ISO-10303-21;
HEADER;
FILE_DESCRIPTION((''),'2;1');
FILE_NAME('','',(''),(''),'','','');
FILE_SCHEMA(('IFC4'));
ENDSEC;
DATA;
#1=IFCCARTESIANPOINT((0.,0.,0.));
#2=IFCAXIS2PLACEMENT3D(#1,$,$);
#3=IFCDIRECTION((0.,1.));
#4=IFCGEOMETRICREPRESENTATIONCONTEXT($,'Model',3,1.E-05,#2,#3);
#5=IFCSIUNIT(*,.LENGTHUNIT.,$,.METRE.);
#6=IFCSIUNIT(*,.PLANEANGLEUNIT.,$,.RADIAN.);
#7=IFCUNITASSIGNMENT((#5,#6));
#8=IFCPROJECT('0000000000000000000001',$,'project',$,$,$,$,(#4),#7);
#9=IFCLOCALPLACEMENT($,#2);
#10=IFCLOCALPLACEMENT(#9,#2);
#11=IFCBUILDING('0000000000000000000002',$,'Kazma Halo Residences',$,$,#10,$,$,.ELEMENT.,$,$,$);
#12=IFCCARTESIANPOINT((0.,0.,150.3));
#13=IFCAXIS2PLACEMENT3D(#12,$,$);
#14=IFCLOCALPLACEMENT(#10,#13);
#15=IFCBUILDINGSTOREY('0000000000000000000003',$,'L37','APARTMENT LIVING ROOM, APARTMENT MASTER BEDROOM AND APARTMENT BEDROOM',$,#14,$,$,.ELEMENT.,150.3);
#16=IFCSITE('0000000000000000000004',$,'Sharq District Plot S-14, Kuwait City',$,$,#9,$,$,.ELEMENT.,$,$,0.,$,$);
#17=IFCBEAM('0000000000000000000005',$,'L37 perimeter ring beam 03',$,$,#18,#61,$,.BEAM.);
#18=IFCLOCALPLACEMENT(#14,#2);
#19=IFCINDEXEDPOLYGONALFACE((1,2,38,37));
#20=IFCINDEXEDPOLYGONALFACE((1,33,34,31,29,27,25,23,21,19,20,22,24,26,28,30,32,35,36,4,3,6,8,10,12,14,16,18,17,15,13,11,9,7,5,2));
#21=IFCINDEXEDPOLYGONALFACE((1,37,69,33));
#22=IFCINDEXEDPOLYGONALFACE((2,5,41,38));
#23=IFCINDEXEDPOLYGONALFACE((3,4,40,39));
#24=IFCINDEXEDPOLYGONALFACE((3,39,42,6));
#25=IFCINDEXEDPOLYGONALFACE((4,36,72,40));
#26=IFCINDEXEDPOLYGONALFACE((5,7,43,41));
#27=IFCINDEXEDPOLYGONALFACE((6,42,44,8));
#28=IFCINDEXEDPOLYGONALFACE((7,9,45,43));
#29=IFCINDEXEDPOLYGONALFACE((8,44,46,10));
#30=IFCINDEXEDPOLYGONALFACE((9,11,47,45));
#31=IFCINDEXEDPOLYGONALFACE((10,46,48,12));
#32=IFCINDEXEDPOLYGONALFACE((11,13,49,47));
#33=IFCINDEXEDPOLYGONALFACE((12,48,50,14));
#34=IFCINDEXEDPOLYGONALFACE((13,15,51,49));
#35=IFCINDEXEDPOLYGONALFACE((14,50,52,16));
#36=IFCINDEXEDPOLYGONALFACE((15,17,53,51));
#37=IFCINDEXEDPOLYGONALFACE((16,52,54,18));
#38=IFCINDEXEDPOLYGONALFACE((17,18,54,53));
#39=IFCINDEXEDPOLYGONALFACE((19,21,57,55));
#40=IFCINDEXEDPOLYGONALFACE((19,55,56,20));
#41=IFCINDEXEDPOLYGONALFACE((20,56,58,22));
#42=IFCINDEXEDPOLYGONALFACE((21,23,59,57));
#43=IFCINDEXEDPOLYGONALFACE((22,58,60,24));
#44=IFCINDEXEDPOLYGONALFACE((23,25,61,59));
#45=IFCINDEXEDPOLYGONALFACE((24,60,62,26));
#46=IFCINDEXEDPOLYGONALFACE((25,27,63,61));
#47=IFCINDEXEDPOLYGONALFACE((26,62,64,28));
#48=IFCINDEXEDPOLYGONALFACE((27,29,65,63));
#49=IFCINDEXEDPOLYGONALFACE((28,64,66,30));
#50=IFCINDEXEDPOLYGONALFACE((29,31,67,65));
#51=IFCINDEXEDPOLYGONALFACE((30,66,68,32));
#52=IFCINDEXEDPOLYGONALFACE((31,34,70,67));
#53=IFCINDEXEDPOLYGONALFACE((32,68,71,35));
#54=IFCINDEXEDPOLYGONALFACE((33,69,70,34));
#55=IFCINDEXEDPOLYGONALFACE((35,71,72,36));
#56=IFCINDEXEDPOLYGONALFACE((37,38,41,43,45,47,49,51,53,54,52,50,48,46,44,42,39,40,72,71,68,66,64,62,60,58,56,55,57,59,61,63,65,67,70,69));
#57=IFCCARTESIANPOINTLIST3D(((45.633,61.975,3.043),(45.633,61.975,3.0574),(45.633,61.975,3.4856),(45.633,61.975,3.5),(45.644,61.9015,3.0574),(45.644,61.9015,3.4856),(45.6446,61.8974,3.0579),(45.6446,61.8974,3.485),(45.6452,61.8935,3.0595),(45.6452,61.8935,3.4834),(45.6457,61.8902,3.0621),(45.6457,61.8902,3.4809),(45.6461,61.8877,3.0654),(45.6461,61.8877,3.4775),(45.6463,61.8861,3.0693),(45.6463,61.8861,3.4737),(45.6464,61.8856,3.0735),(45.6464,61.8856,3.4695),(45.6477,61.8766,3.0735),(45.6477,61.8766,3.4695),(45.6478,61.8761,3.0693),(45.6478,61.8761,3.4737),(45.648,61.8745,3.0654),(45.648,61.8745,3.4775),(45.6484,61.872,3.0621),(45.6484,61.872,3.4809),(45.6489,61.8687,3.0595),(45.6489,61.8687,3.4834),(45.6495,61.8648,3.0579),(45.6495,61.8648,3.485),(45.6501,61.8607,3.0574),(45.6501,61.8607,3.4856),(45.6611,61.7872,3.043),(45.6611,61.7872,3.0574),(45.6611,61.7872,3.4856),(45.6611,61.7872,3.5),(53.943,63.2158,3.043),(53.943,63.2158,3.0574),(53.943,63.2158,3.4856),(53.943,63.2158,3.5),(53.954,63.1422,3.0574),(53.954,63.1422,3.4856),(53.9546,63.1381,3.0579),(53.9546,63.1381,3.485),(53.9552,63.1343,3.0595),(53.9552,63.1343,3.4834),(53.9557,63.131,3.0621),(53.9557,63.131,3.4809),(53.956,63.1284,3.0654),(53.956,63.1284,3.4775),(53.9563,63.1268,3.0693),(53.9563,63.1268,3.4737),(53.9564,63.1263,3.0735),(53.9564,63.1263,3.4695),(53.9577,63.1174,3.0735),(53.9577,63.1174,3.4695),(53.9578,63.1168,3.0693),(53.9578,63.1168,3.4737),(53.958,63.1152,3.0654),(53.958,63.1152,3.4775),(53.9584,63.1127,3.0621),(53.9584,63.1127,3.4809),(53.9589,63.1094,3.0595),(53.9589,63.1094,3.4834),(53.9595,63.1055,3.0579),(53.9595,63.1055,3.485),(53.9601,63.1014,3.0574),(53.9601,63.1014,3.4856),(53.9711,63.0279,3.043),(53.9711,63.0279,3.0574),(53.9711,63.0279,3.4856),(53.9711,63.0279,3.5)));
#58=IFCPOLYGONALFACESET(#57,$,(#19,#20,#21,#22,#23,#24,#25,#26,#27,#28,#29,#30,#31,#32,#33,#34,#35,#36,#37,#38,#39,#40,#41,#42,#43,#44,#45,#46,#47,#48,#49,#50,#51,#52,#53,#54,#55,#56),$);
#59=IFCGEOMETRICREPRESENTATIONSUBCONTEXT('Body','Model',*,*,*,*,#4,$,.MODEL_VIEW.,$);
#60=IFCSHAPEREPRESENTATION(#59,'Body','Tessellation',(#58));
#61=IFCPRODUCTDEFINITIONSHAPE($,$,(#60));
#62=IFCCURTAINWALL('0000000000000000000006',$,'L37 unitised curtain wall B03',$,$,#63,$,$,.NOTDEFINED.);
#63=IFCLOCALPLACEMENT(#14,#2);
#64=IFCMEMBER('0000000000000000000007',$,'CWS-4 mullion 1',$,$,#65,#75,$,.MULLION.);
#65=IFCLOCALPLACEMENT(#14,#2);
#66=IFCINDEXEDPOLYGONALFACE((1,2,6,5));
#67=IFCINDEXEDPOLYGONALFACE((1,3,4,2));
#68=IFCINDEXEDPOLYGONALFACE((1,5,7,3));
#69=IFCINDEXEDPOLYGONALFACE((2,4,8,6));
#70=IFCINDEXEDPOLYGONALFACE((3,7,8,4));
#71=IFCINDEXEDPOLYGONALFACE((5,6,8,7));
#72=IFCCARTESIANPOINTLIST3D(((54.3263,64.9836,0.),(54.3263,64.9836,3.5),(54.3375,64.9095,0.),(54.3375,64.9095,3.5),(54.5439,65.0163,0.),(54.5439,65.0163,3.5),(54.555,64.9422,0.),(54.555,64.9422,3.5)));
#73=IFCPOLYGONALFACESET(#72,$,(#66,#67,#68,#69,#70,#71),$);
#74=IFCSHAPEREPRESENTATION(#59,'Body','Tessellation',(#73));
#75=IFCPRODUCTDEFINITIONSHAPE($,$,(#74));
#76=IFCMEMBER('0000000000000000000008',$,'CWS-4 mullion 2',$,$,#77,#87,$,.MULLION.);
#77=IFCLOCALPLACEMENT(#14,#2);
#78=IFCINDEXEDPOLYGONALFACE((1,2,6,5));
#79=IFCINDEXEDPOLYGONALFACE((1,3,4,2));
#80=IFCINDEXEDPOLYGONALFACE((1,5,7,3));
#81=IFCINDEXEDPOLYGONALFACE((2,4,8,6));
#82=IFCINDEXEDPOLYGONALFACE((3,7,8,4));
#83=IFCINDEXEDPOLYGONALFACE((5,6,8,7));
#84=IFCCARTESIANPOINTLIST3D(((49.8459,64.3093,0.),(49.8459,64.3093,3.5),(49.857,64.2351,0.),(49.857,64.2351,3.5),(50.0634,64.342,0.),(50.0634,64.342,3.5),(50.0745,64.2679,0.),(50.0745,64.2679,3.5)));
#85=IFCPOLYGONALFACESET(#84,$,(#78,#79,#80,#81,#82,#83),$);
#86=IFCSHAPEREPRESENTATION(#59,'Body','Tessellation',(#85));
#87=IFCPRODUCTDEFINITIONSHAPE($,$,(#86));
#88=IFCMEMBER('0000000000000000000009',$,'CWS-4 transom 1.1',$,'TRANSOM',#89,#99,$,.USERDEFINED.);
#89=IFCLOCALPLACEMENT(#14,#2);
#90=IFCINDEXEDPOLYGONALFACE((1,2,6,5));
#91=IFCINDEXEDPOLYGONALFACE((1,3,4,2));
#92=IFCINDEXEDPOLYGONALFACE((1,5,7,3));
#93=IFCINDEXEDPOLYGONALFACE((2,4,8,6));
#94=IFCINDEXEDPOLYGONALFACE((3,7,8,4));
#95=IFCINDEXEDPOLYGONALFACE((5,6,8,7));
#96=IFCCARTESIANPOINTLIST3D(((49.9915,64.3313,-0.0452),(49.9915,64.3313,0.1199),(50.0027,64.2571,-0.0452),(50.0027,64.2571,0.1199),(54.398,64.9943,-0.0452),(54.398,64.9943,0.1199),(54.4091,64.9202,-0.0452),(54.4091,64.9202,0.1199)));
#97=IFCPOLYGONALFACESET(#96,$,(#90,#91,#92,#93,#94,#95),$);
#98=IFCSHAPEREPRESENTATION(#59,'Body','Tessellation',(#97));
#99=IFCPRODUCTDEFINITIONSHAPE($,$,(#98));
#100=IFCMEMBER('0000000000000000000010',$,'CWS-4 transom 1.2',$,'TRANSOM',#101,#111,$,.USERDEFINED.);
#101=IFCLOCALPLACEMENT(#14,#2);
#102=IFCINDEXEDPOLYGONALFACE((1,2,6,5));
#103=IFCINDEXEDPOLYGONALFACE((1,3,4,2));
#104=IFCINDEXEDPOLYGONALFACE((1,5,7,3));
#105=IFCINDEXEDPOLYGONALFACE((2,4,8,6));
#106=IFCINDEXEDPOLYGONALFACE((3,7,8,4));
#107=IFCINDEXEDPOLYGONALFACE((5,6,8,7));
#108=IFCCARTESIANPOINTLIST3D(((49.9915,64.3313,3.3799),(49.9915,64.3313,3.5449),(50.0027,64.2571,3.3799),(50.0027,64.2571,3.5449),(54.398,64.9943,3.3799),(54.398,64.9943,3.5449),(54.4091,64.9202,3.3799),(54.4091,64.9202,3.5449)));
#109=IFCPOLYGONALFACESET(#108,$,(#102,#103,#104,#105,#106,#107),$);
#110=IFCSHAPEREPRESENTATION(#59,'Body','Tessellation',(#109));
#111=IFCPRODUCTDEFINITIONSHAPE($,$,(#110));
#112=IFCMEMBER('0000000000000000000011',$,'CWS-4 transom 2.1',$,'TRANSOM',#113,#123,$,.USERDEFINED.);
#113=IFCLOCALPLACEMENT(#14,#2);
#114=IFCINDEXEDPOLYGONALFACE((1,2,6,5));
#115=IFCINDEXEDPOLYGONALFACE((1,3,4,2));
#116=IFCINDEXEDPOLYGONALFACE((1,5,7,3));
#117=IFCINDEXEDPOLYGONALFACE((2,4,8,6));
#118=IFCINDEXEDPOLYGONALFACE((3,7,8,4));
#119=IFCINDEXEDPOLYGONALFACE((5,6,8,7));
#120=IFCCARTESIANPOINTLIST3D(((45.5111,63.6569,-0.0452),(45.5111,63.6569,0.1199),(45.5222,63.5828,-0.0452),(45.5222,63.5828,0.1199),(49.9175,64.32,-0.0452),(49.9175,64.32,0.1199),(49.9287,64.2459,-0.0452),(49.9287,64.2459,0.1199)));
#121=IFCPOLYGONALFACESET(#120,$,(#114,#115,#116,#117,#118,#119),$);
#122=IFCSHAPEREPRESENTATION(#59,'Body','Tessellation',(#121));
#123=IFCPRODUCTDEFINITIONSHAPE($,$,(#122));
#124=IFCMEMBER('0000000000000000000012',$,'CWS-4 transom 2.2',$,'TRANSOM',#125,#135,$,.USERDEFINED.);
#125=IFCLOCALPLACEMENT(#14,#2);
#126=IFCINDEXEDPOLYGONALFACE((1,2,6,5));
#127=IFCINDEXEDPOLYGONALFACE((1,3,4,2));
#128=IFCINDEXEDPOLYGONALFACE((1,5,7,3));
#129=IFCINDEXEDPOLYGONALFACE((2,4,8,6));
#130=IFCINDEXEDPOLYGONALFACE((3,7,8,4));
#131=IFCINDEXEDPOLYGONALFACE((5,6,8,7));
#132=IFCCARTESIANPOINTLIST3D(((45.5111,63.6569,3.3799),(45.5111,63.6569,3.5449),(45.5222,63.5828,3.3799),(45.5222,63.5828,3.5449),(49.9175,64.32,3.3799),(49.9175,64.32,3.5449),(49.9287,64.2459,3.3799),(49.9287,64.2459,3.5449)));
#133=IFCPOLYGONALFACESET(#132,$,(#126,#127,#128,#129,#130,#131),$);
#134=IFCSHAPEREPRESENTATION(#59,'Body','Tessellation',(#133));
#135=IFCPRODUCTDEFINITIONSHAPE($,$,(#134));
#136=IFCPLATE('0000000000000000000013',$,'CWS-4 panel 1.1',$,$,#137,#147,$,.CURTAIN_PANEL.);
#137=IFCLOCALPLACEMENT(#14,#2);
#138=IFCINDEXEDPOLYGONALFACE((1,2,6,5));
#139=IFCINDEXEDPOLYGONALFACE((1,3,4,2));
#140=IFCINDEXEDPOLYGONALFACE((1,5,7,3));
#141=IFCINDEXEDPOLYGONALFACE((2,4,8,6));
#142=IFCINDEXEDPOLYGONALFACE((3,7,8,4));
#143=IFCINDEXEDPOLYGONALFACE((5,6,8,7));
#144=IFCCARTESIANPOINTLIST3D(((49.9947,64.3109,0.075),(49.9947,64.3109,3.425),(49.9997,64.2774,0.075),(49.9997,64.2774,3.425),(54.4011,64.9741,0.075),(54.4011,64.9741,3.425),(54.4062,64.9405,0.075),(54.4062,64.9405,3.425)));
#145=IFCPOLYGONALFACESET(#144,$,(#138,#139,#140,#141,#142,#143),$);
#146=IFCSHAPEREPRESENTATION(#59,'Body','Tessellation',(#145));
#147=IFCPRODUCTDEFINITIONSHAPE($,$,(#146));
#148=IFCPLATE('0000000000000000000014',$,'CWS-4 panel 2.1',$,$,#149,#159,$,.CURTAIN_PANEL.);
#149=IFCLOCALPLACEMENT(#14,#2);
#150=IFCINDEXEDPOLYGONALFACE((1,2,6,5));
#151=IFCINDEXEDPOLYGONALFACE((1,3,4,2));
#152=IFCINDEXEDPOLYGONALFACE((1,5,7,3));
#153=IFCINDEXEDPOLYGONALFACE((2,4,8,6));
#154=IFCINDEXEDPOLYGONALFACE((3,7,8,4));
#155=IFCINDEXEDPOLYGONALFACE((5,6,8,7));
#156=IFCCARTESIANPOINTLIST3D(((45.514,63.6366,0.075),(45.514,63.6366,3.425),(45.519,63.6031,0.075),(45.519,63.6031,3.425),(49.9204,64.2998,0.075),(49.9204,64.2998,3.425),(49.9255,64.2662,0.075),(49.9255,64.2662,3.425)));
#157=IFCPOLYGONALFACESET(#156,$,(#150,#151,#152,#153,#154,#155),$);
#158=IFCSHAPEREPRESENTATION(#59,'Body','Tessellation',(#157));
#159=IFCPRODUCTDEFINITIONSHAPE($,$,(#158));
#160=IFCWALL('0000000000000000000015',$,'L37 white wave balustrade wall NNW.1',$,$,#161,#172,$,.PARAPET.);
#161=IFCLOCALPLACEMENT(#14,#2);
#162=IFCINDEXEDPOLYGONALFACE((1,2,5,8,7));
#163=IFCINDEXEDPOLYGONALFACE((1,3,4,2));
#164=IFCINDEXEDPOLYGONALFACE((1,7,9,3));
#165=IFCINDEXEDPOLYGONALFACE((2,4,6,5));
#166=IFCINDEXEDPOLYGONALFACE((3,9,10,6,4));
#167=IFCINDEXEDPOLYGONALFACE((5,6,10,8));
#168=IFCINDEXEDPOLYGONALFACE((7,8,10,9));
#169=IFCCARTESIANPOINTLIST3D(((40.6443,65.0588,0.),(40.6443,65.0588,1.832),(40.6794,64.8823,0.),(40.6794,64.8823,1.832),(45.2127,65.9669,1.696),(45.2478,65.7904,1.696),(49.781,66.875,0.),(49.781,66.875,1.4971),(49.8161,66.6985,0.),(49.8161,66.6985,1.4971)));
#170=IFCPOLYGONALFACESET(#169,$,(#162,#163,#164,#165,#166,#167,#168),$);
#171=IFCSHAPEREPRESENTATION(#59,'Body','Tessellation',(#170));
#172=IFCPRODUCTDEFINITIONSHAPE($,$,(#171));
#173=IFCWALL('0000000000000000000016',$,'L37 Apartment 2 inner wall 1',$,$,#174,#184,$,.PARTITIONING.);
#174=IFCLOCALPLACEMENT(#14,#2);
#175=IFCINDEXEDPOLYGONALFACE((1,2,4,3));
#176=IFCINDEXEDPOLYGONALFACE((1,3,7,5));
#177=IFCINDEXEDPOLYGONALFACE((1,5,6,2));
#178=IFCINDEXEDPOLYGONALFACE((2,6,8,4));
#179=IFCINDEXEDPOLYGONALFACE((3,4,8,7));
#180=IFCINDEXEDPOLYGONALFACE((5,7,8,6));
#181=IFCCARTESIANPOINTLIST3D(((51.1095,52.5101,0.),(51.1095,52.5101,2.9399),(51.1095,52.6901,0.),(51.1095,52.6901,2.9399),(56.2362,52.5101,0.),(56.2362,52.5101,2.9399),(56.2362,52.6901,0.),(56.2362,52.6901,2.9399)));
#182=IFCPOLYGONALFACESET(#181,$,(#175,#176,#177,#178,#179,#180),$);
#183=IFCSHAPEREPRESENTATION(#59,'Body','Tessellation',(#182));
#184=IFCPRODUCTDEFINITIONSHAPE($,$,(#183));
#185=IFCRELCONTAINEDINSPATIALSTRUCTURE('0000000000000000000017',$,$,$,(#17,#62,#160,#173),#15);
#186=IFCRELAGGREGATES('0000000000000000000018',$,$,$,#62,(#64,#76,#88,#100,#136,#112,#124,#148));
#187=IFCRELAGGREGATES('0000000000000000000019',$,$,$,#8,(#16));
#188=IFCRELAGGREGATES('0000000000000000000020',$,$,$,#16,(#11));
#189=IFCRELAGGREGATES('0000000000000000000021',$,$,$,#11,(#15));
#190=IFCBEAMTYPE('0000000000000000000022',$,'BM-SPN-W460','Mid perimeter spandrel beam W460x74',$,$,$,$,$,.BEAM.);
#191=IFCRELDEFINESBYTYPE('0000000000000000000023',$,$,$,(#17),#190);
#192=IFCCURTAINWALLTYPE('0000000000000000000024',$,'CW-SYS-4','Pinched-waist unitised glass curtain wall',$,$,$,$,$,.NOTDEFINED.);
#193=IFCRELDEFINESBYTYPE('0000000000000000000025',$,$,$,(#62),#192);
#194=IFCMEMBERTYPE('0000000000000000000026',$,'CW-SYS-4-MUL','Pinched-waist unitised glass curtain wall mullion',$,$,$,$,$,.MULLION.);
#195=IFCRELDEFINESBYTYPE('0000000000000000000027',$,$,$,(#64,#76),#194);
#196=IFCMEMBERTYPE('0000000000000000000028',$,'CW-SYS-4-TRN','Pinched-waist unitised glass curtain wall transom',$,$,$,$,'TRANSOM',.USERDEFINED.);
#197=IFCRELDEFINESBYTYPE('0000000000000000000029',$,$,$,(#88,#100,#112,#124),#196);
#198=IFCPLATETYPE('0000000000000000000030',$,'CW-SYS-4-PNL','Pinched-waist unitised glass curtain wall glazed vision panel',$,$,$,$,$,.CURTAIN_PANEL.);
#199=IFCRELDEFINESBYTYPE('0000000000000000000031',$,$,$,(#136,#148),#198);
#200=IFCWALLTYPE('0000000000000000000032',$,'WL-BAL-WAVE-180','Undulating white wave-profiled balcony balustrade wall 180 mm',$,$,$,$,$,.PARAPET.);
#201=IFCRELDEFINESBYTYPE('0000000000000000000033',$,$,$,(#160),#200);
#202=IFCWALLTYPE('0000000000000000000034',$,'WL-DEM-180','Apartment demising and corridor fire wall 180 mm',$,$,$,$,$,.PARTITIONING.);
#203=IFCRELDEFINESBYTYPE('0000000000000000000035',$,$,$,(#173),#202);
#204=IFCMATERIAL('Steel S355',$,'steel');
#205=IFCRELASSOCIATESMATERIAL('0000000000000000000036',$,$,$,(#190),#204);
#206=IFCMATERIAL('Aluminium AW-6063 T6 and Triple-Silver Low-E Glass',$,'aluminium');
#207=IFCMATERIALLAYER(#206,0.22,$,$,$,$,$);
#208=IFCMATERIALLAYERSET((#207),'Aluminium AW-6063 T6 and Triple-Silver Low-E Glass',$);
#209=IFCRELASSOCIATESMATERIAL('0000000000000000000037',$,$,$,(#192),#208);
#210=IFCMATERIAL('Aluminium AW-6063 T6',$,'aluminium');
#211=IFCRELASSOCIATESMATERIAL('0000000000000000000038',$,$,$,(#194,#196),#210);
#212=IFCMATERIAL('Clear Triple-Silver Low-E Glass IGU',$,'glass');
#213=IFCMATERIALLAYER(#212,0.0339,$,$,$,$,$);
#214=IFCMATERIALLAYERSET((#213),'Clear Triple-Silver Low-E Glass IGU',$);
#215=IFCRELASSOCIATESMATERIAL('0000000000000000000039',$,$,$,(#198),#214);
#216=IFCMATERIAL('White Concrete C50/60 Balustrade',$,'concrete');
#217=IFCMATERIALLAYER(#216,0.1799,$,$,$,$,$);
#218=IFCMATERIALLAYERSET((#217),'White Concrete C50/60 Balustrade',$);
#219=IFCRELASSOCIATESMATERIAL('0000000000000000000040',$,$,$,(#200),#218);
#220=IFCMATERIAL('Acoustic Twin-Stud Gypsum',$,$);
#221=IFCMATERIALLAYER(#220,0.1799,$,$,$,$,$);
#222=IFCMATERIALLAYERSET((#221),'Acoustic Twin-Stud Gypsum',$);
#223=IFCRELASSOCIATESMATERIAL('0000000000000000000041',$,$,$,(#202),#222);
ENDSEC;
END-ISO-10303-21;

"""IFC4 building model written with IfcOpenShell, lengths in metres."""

from ifc_helpers import new_model, si_unit, direction, frame, frame_2d, origin, origin_2d, place, context, subcontext, project, spatial, polyline, rectangle, i_section, outline, extrude, material, layer, layer_set, material_profile, profile_set, type_object, element, aggregate, save


model = new_model("IFC4")

# Units and contexts
model_context = context("Model", 3, precision=1e-05, world=origin(), true_north=direction((0.0, 1.0)))
body_context = subcontext(model_context, "Body", "Model", "MODEL_VIEW")
ifc_project = project(units=[si_unit("LENGTHUNIT", "METRE"), si_unit("PLANEANGLEUNIT", "RADIAN")], contexts=[model_context])

# Site, building, storey
site_placement = place(None, origin())
site = spatial("IfcSite", under=ifc_project, at=site_placement, Name="Sharq District Plot S-14, Kuwait City", CompositionType="ELEMENT", RefElevation=0.0)
building_placement = place(site_placement, origin())
building = spatial("IfcBuilding", under=site, at=building_placement, Name="Kazma Halo Residences", CompositionType="ELEMENT")
storey_placement = place(building_placement, frame((0.0, 0.0, 150.3)))
storey = spatial("IfcBuildingStorey", under=building, at=storey_placement, Name="L37", Description="APARTMENT LIVING ROOM, APARTMENT MASTER BEDROOM AND APARTMENT BEDROOM", CompositionType="ELEMENT", Elevation=150.3)

# Beam
ifc_material_1 = material(Name="Steel S355", Category="steel")
ifc_material_profile_1 = material_profile(ifc_material_1, i_section(OverallWidth=0.1899, OverallDepth=0.457, WebThickness=0.009, FlangeThickness=0.0144, FilletRadius=0.0161, at=origin_2d()), Name="W460x74")
ifc_profile_set_1 = profile_set([ifc_material_profile_1], Name="Steel S355")
beam_type_1 = type_object("IfcBeamType", Name="BM-SPN-W460", Description="Mid perimeter spandrel beam W460x74", PredefinedType="BEAM", material=ifc_profile_set_1)
beam_1_placement = place(storey_placement, frame((53.957, 63.1218, 3.2715), z_axis=(-0.989037, -0.147667, 0.0), x_axis=(0.147667, -0.989037, 0.0)))
element("IfcBeam", 1, at=beam_1_placement, inside=storey, type_object=beam_type_1, Name="L37 perimeter ring beam 03", PredefinedType="BEAM", context=body_context, shape_type="SweptSolid", body=[
    extrude(i_section(OverallWidth=0.1899, OverallDepth=0.457, WebThickness=0.009, FlangeThickness=0.0144, FilletRadius=0.0161, at=origin_2d()), origin(), (0.0, 0.0, 1.0), 8.4021),
])

# Curtain wall, members, plates
ifc_material_2 = material(Name="Aluminium AW-6063 T6 and Triple-Silver Low-E Glass", Category="aluminium")
ifc_layer_1 = layer(ifc_material_2, 0.22)
ifc_layer_set_1 = layer_set([ifc_layer_1], Name="Aluminium AW-6063 T6 and Triple-Silver Low-E Glass")
curtain_wall_type = type_object("IfcCurtainWallType", Name="CW-SYS-4", Description="Pinched-waist unitised glass curtain wall", PredefinedType="NOTDEFINED", material=ifc_layer_set_1)
curtain_wall_placement = place(storey_placement, origin())
curtain_wall = element("IfcCurtainWall", 2, at=curtain_wall_placement, inside=storey, type_object=curtain_wall_type, Name="L37 unitised curtain wall B03", PredefinedType="NOTDEFINED")
ifc_material_3 = material(Name="Aluminium AW-6063 T6", Category="aluminium")
ifc_material_profile_2 = material_profile(ifc_material_3, rectangle(XDim=0.075, YDim=0.22, at=origin_2d()), Name="CWM-75x220")
ifc_profile_set_2 = profile_set([ifc_material_profile_2], Name="Aluminium AW-6063 T6")
member_type_1 = type_object("IfcMemberType", Name="CW-SYS-4-MUL", Description="Pinched-waist unitised glass curtain wall mullion", PredefinedType="MULLION", material=ifc_profile_set_2)
member_1_placement = place(storey_placement, frame((54.4407, 64.9629, 0.0), z_axis=(0.0, 0.0, 1.0), x_axis=(0.148821, -0.988864, 0.0)))
member_1 = element("IfcMember", 3, at=member_1_placement, type_object=member_type_1, Name="CWS-4 mullion 1", PredefinedType="MULLION", context=body_context, shape_type="SweptSolid", body=[
    extrude(rectangle(XDim=0.075, YDim=0.22, at=origin_2d()), origin(), (0.0, 0.0, 1.0), 3.5),
])
member_2_placement = place(storey_placement, frame((49.9602, 64.2886, 0.0), z_axis=(0.0, 0.0, 1.0), x_axis=(0.148821, -0.988864, 0.0)))
member_2 = element("IfcMember", 4, at=member_2_placement, type_object=member_type_1, Name="CWS-4 mullion 2", PredefinedType="MULLION", context=body_context, shape_type="SweptSolid", body=[
    extrude(rectangle(XDim=0.075, YDim=0.22, at=origin_2d()), origin(), (0.0, 0.0, 1.0), 3.5),
])
ifc_material_profile_3 = material_profile(ifc_material_3, rectangle(XDim=0.075, YDim=0.165, at=origin_2d()), Name="CWT-75x165")
ifc_profile_set_3 = profile_set([ifc_material_profile_3], Name="Aluminium AW-6063 T6")
member_type_2 = type_object("IfcMemberType", Name="CW-SYS-4-TRN", Description="Pinched-waist unitised glass curtain wall transom", ElementType="TRANSOM", PredefinedType="USERDEFINED", material=ifc_profile_set_3)
member_3_placement = place(storey_placement, frame((54.4036, 64.9573, 0.0374), z_axis=(-0.988867, -0.148804, 0.0), x_axis=(0.148804, -0.988867, 0.0)))
member_3 = element("IfcMember", 5, at=member_3_placement, type_object=member_type_2, Name="CWS-4 transom 1.1", ObjectType="TRANSOM", PredefinedType="USERDEFINED", context=body_context, shape_type="SweptSolid", body=[
    extrude(rectangle(XDim=0.075, YDim=0.165, at=origin_2d()), origin(), (0.0, 0.0, 1.0), 4.4561),
])
member_4_placement = place(storey_placement, frame((54.4036, 64.9573, 3.4624), z_axis=(-0.988867, -0.148804, 0.0), x_axis=(0.148804, -0.988867, 0.0)))
member_4 = element("IfcMember", 6, at=member_4_placement, type_object=member_type_2, Name="CWS-4 transom 1.2", ObjectType="TRANSOM", PredefinedType="USERDEFINED", context=body_context, shape_type="SweptSolid", body=[
    extrude(rectangle(XDim=0.075, YDim=0.165, at=origin_2d()), origin(), (0.0, 0.0, 1.0), 4.4561),
])
member_5_placement = place(storey_placement, frame((49.9231, 64.283, 0.0374), z_axis=(-0.988867, -0.148804, 0.0), x_axis=(0.148804, -0.988867, 0.0)))
member_5 = element("IfcMember", 7, at=member_5_placement, type_object=member_type_2, Name="CWS-4 transom 2.1", ObjectType="TRANSOM", PredefinedType="USERDEFINED", context=body_context, shape_type="SweptSolid", body=[
    extrude(rectangle(XDim=0.075, YDim=0.165, at=origin_2d()), origin(), (0.0, 0.0, 1.0), 4.4561),
])
member_6_placement = place(storey_placement, frame((49.9231, 64.283, 3.4624), z_axis=(-0.988867, -0.148804, 0.0), x_axis=(0.148804, -0.988867, 0.0)))
member_6 = element("IfcMember", 8, at=member_6_placement, type_object=member_type_2, Name="CWS-4 transom 2.2", ObjectType="TRANSOM", PredefinedType="USERDEFINED", context=body_context, shape_type="SweptSolid", body=[
    extrude(rectangle(XDim=0.075, YDim=0.165, at=origin_2d()), origin(), (0.0, 0.0, 1.0), 4.4561),
])
ifc_material_4 = material(Name="Clear Triple-Silver Low-E Glass IGU", Category="glass")
ifc_layer_2 = layer(ifc_material_4, 0.0339)
ifc_layer_set_2 = layer_set([ifc_layer_2], Name="Clear Triple-Silver Low-E Glass IGU")
plate_type = type_object("IfcPlateType", Name="CW-SYS-4-PNL", Description="Pinched-waist unitised glass curtain wall glazed vision panel", PredefinedType="CURTAIN_PANEL", material=ifc_layer_set_2)
plate_1_placement = place(storey_placement, frame((52.2004, 64.6257, 0.075), z_axis=(0.0, 0.0, 1.0), x_axis=(-0.988864, -0.148821, 0.0)))
plate_1 = element("IfcPlate", 9, at=plate_1_placement, type_object=plate_type, Name="CWS-4 panel 1.1", PredefinedType="CURTAIN_PANEL", context=body_context, shape_type="SweptSolid", body=[
    extrude(rectangle(XDim=4.4561, YDim=0.0339, at=origin_2d()), origin(), (0.0, 0.0, 1.0), 3.3501),
])
plate_2_placement = place(storey_placement, frame((47.7197, 63.9514, 0.075), z_axis=(0.0, 0.0, 1.0), x_axis=(-0.988864, -0.148821, 0.0)))
plate_2 = element("IfcPlate", 10, at=plate_2_placement, type_object=plate_type, Name="CWS-4 panel 2.1", PredefinedType="CURTAIN_PANEL", context=body_context, shape_type="SweptSolid", body=[
    extrude(rectangle(XDim=4.4561, YDim=0.0339, at=origin_2d()), origin(), (0.0, 0.0, 1.0), 3.3501),
])
aggregate(curtain_wall, [member_1, member_2, member_3, member_4, plate_1, member_5, member_6, plate_2])

# Walls
ifc_material_5 = material(Name="White Concrete C50/60 Balustrade", Category="concrete")
ifc_layer_3 = layer(ifc_material_5, 0.1799)
ifc_layer_set_3 = layer_set([ifc_layer_3], Name="White Concrete C50/60 Balustrade")
wall_type_1 = type_object("IfcWallType", Name="WL-BAL-WAVE-180", Description="Undulating white wave-profiled balcony balustrade wall 180 mm", PredefinedType="PARAPET", material=ifc_layer_set_3)
wall_1_placement = place(storey_placement, frame((49.7986, 66.7866, 0.0), z_axis=(0.0, 0.0, 1.0), x_axis=(-0.980811, -0.194962, 0.0)))
element("IfcWall", 11, at=wall_1_placement, inside=storey, type_object=wall_type_1, Name="L37 white wave balustrade wall NNW.1", PredefinedType="PARAPET", context=body_context, shape_type="SweptSolid", body=[
    extrude(outline(polyline([(0.0, 0.0), (9.3154, 0.0), (9.3154, 1.832), (4.6577, 1.696), (0.0, 1.4971), (0.0, 0.0)])), frame((0.0, 0.0898, 0.0), z_axis=(0.0, -1.0, 0.0), x_axis=(1.0, 0.0, 0.0)), (0.0, 0.0, 1.0), 0.1799),
])
ifc_material_6 = material(Name="Acoustic Twin-Stud Gypsum")
ifc_layer_4 = layer(ifc_material_6, 0.1799)
ifc_layer_set_4 = layer_set([ifc_layer_4], Name="Acoustic Twin-Stud Gypsum")
wall_type_2 = type_object("IfcWallType", Name="WL-DEM-180", Description="Apartment demising and corridor fire wall 180 mm", PredefinedType="PARTITIONING", material=ifc_layer_set_4)
wall_2_placement = place(storey_placement, frame((56.2363, 52.6001, 0.0), z_axis=(0.0, 0.0, 1.0), x_axis=(-1.0, 0.0, 0.0)))
element("IfcWall", 12, at=wall_2_placement, inside=storey, type_object=wall_type_2, Name="L37 Apartment 2 inner wall 1", PredefinedType="PARTITIONING", context=body_context, shape_type="SweptSolid", body=[
    extrude(rectangle(XDim=5.1267, YDim=0.1799, at=frame_2d((2.5635, 0.0))), origin(), (0.0, 0.0, 1.0), 2.9399),
])

save(model, "model.ifc")
